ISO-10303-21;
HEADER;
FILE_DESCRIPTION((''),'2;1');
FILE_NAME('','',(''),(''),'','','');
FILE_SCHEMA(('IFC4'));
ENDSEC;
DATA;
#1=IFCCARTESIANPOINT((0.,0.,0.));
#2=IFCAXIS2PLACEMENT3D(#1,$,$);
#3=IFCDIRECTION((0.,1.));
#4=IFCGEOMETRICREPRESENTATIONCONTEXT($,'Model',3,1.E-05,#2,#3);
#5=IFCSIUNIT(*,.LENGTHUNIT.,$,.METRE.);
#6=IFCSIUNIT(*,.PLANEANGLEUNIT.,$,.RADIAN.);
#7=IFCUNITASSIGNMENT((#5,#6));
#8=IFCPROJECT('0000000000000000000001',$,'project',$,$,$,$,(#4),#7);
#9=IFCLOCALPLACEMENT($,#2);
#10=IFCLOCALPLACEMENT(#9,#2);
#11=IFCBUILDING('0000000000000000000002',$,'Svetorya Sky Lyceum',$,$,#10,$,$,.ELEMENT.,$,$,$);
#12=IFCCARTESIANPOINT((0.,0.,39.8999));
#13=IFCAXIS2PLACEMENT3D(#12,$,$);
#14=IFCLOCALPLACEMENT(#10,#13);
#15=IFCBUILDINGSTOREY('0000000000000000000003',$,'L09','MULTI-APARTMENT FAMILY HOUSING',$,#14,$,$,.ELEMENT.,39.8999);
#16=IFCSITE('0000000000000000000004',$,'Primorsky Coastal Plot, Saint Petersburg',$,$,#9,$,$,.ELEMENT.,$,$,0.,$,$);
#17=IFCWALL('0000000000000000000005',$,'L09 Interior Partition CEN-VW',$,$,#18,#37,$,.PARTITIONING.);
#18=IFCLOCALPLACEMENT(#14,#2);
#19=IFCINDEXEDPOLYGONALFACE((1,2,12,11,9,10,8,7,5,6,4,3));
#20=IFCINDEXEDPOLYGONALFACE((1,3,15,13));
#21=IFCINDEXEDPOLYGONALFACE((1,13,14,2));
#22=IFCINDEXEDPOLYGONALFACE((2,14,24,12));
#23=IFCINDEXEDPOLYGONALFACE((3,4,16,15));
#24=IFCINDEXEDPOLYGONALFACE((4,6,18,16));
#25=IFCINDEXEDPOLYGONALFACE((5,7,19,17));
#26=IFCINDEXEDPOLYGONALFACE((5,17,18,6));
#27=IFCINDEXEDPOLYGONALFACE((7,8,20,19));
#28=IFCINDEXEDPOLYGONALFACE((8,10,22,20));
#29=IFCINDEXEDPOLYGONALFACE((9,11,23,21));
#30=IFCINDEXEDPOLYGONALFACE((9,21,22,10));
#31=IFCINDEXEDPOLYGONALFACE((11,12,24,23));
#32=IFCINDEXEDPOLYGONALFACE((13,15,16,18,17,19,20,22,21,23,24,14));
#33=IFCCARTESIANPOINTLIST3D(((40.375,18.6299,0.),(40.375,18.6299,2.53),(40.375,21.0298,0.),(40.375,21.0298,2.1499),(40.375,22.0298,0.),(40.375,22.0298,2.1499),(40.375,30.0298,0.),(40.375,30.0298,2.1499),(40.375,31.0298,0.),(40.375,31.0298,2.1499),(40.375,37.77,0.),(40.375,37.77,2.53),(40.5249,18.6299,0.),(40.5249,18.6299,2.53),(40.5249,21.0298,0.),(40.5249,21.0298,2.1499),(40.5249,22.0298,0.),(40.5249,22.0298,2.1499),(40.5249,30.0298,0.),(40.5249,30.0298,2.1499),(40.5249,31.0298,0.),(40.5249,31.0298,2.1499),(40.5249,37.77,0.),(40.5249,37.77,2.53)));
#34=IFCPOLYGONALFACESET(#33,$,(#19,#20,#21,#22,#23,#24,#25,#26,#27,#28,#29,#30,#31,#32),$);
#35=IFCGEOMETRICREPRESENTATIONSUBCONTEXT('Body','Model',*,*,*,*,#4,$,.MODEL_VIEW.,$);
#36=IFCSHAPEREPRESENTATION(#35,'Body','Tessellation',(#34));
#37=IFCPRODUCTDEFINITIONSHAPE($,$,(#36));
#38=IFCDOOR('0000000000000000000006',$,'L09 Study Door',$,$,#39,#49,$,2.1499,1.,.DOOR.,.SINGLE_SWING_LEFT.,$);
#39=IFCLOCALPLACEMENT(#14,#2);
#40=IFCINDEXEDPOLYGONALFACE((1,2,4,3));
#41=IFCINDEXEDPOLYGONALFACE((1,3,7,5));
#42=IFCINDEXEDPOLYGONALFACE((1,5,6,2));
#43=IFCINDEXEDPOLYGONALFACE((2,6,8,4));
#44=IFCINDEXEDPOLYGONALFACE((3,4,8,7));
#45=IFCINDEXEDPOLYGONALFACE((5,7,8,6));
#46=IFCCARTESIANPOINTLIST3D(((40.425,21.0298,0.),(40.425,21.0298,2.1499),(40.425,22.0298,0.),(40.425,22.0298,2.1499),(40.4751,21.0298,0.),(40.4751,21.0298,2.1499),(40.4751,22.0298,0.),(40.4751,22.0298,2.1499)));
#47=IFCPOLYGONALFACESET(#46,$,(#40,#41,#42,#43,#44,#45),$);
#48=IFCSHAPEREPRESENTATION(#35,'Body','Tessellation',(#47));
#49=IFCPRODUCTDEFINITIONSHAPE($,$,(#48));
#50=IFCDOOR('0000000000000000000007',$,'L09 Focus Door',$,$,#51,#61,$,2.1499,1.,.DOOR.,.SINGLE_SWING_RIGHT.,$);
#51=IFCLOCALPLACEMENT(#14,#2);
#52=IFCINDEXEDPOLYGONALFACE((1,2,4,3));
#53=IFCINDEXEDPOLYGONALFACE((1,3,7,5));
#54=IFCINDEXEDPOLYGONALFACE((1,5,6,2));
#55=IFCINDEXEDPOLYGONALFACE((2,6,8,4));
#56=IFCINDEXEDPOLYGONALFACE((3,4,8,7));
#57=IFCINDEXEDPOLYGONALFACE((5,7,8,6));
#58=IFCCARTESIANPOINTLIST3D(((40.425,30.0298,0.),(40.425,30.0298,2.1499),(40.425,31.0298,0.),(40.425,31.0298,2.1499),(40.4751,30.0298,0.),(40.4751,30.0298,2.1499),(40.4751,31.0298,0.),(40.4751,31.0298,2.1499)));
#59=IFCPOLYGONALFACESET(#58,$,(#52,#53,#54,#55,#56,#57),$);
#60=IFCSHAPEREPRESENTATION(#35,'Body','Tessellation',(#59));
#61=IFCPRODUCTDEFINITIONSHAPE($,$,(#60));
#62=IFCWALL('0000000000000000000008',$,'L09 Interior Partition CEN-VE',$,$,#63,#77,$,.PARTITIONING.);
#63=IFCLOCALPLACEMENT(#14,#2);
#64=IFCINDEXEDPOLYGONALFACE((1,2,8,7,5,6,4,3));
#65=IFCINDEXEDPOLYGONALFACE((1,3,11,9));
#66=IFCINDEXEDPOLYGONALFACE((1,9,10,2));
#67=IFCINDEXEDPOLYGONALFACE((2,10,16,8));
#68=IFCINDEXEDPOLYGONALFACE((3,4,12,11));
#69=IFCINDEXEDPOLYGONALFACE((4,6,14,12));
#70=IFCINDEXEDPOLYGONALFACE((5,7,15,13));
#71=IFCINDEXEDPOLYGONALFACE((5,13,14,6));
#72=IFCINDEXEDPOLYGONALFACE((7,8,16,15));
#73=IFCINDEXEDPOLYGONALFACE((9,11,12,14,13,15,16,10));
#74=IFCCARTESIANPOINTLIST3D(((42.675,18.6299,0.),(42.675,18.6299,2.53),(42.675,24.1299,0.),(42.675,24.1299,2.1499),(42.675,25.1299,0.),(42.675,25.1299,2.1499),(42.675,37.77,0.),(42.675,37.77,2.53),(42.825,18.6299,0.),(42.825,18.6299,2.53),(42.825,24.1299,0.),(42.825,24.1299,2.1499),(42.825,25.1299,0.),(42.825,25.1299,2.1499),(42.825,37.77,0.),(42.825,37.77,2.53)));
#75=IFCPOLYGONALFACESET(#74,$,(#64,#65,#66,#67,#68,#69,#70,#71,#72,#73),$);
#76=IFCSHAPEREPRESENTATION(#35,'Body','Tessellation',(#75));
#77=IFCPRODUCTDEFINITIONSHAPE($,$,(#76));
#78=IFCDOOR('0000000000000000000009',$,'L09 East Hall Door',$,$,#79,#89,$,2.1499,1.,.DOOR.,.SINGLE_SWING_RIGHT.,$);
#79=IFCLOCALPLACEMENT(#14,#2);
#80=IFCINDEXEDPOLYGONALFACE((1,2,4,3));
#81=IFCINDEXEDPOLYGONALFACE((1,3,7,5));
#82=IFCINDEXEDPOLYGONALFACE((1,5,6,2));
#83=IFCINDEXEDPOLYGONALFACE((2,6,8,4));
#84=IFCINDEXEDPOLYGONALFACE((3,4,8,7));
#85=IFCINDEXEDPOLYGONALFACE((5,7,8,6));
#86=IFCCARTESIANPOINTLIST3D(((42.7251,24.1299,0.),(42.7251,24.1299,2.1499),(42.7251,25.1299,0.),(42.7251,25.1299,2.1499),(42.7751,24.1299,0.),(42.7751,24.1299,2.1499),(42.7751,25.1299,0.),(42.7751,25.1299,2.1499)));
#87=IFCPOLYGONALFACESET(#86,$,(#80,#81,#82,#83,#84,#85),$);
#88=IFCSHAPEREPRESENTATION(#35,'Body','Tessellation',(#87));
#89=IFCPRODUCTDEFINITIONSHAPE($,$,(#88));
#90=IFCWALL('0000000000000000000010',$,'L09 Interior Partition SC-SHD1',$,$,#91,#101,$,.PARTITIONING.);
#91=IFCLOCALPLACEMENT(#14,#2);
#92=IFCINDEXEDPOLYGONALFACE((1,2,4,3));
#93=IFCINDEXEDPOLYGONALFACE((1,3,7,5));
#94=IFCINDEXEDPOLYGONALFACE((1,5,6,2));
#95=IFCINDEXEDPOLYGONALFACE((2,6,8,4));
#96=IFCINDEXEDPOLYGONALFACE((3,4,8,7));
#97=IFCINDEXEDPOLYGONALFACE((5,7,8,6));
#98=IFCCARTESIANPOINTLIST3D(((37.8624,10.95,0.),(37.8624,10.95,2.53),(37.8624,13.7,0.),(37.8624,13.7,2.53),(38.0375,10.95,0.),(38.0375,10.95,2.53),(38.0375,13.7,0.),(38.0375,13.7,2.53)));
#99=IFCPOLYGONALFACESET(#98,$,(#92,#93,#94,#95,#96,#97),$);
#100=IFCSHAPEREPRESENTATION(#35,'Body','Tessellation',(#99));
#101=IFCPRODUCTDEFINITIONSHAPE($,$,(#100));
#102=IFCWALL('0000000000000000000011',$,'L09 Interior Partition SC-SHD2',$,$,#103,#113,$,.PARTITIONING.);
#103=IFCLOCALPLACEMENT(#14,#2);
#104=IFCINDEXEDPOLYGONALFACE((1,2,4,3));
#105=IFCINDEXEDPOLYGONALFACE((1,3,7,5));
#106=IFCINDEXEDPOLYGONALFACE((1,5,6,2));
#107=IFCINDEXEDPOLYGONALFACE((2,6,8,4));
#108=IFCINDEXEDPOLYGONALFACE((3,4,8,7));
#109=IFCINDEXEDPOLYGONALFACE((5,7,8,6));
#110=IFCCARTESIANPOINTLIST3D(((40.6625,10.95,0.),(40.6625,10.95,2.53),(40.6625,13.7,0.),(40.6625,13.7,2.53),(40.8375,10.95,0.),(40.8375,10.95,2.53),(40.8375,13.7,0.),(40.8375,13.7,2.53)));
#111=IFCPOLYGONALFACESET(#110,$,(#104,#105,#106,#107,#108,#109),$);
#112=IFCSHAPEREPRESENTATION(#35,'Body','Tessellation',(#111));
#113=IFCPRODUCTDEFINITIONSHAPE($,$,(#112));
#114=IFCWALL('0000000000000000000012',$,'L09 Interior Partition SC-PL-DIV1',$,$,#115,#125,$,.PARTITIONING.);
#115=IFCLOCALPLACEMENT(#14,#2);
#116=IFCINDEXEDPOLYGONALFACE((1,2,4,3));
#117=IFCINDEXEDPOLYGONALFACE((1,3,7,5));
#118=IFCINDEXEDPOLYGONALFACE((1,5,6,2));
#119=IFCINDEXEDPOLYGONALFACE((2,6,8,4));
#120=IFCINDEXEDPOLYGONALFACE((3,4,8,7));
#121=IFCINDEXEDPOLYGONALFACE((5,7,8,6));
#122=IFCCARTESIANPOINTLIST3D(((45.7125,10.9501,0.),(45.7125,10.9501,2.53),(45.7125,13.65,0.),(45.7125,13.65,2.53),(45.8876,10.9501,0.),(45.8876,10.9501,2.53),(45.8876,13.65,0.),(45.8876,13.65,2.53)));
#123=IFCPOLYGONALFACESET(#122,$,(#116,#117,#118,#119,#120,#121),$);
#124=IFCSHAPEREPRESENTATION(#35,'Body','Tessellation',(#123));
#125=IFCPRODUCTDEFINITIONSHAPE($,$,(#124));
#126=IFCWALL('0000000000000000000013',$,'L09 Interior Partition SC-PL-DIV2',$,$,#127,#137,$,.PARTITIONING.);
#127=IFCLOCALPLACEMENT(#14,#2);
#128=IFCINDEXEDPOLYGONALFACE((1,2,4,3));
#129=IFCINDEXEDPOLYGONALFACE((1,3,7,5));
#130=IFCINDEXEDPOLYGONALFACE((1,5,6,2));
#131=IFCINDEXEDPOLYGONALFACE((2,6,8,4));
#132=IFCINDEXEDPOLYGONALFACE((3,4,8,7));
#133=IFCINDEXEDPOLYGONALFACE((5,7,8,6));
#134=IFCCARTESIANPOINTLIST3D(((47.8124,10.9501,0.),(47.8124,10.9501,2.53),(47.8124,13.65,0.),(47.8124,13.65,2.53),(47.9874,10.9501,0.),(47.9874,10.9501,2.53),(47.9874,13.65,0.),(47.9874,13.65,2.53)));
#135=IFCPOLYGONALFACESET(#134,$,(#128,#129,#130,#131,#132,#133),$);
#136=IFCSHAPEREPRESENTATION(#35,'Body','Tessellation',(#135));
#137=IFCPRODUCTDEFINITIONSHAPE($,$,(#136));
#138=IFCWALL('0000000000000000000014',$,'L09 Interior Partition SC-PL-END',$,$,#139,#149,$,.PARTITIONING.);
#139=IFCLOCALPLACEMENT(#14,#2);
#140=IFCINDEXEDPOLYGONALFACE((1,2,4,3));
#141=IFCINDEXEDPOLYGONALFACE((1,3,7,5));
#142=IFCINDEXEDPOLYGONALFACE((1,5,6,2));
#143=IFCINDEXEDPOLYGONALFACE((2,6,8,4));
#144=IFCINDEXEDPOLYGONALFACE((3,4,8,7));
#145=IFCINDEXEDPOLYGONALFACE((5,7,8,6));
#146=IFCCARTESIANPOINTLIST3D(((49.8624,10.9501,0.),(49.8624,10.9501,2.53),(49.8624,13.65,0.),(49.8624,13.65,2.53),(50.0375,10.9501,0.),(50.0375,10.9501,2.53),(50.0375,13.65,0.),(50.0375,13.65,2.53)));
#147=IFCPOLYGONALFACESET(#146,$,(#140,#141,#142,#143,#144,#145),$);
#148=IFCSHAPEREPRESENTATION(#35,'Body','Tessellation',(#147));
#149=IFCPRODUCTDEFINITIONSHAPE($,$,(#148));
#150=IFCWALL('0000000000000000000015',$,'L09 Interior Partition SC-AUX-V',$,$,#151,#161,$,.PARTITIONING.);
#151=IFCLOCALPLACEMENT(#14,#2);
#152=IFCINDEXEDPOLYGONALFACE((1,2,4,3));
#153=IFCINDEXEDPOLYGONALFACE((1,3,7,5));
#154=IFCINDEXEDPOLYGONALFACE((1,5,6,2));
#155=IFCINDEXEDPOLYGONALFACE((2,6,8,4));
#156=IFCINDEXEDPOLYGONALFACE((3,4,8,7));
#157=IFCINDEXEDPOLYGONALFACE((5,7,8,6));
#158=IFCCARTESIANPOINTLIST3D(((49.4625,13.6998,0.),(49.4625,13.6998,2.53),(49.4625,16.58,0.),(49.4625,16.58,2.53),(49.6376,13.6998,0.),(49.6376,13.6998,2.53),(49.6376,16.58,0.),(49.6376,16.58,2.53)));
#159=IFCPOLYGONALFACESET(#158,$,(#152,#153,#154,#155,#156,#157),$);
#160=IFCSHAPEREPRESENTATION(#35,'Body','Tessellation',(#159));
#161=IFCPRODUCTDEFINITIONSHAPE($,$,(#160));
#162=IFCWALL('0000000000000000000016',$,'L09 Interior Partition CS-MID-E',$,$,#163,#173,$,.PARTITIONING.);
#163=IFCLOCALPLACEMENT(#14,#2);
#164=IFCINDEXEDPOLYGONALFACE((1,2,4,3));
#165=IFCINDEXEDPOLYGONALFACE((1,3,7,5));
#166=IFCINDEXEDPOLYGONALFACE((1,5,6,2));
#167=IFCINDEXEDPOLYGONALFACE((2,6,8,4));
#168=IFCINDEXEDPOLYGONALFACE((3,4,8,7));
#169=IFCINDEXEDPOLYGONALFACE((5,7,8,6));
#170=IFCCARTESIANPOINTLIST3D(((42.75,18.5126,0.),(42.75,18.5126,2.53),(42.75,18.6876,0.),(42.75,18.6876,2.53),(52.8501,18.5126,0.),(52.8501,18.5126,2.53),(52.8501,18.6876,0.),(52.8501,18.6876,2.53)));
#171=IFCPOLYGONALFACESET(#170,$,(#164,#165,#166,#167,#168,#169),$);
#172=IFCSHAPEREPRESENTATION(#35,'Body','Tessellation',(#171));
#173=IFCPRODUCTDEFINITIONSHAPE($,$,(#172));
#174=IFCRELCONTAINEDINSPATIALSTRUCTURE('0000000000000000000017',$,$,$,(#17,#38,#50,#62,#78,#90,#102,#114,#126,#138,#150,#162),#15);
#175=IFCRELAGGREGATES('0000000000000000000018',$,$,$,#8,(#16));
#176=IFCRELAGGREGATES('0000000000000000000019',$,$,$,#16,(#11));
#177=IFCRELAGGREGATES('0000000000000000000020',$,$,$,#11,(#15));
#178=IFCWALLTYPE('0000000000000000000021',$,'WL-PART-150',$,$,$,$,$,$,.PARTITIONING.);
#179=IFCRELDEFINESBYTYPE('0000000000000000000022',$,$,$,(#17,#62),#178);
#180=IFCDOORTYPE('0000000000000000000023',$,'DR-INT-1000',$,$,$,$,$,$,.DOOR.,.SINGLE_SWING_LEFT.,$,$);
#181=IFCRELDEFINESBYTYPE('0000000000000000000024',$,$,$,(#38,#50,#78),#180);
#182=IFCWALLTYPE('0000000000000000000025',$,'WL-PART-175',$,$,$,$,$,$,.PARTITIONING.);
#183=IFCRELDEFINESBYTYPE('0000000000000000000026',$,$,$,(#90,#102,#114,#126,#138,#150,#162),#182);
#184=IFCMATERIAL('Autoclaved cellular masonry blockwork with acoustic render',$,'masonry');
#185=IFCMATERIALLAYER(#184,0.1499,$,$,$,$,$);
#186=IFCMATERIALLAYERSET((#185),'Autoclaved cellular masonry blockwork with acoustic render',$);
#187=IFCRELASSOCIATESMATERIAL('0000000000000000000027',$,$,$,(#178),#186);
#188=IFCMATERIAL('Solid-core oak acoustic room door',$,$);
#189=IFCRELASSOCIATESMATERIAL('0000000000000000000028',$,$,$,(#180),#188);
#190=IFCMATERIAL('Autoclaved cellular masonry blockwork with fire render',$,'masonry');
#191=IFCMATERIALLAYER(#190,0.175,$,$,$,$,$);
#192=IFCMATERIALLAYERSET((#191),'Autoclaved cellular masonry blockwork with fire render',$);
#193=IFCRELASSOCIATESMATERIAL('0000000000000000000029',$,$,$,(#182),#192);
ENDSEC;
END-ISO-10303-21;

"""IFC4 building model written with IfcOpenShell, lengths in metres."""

from ifc_helpers import new_model, si_unit, direction, frame, frame_2d, origin, place, context, subcontext, project, spatial, rectangle, extrude, material, layer, layer_set, type_object, element, fill, save


model = new_model("IFC4")

# Units and contexts
model_context = context("Model", 3, precision=1e-05, world=origin(), true_north=direction((0.0, 1.0)))
body_context = subcontext(model_context, "Body", "Model", "MODEL_VIEW")
ifc_project = project(units=[si_unit("LENGTHUNIT", "METRE"), si_unit("PLANEANGLEUNIT", "RADIAN")], contexts=[model_context])

# Site, building, storey
site_placement = place(None, origin())
site = spatial("IfcSite", under=ifc_project, at=site_placement, Name="Primorsky Coastal Plot, Saint Petersburg", CompositionType="ELEMENT", RefElevation=0.0)
building_placement = place(site_placement, origin())
building = spatial("IfcBuilding", under=site, at=building_placement, Name="Svetorya Sky Lyceum", CompositionType="ELEMENT")
storey_placement = place(building_placement, frame((0.0, 0.0, 39.8999)))
storey = spatial("IfcBuildingStorey", under=building, at=storey_placement, Name="L09", Description="MULTI-APARTMENT FAMILY HOUSING", CompositionType="ELEMENT", Elevation=39.8999)

# Shared definitions
ifc_material_1 = material(Name="Autoclaved cellular masonry blockwork with acoustic render", Category="masonry")
ifc_layer_1 = layer(ifc_material_1, 0.1499)
ifc_layer_set_1 = layer_set([ifc_layer_1], Name="Autoclaved cellular masonry blockwork with acoustic render")
wall_type_1 = type_object("IfcWallType", Name="WL-PART-150", PredefinedType="PARTITIONING", material=ifc_layer_set_1)

# Wall, openings, doors
wall_1_placement = place(storey_placement, frame((40.45, 18.6299, 0.0), z_axis=(0.0, 0.0, 1.0), x_axis=(0.0, 1.0, 0.0)))
wall_1 = element("IfcWall", 1, at=wall_1_placement, inside=storey, type_object=wall_type_1, Name="L09 Interior Partition CEN-VW", PredefinedType="PARTITIONING", context=body_context, shape_type="SweptSolid", body=[
    extrude(rectangle(XDim=19.1401, YDim=0.1499, at=frame_2d((9.5701, 0.0))), origin(), (0.0, 0.0, 1.0), 2.53),
])
opening_1_placement = place(wall_1_placement, frame((2.3999, 0.0, 0.0)))
opening_1 = element("IfcOpeningElement", 2, at=opening_1_placement, cuts=wall_1, PredefinedType="OPENING", context=body_context, shape_type="SweptSolid", body=[
    extrude(rectangle(XDim=1.0, YDim=2.1499, at=frame_2d((0.5, 1.075))), frame((0.0, 0.085, 0.0), z_axis=(0.0, -1.0, 0.0), x_axis=(1.0, 0.0, 0.0)), (0.0, 0.0, 1.0), 0.1699),
])
opening_2_placement = place(wall_1_placement, frame((11.3999, 0.0, 0.0)))
opening_2 = element("IfcOpeningElement", 3, at=opening_2_placement, cuts=wall_1, PredefinedType="OPENING", context=body_context, shape_type="SweptSolid", body=[
    extrude(rectangle(XDim=1.0, YDim=2.1499, at=frame_2d((0.5, 1.075))), frame((0.0, 0.085, 0.0), z_axis=(0.0, -1.0, 0.0), x_axis=(1.0, 0.0, 0.0)), (0.0, 0.0, 1.0), 0.1699),
])
ifc_material_2 = material(Name="Solid-core oak acoustic room door")
door_type_1 = type_object("IfcDoorType", Name="DR-INT-1000", OperationType="SINGLE_SWING_LEFT", PredefinedType="DOOR", material=ifc_material_2)
door_1_placement = place(opening_1_placement, origin())
door_1 = element("IfcDoor", 4, at=door_1_placement, inside=storey, type_object=door_type_1, Name="L09 Study Door", OperationType="SINGLE_SWING_LEFT", OverallHeight=2.1499, OverallWidth=1.0, PredefinedType="DOOR", context=body_context, shape_type="SweptSolid", body=[
    extrude(rectangle(XDim=1.0, YDim=2.1499, at=frame_2d((0.5, 1.075))), frame((0.0, 0.0249, 0.0), z_axis=(0.0, -1.0, 0.0), x_axis=(1.0, 0.0, 0.0)), (0.0, 0.0, 1.0), 0.05),
])
fill(opening_1, door_1)
door_2_placement = place(opening_2_placement, origin())
door_2 = element("IfcDoor", 5, at=door_2_placement, inside=storey, type_object=door_type_1, Name="L09 Focus Door", OperationType="SINGLE_SWING_RIGHT", OverallHeight=2.1499, OverallWidth=1.0, PredefinedType="DOOR", context=body_context, shape_type="SweptSolid", body=[
    extrude(rectangle(XDim=1.0, YDim=2.1499, at=frame_2d((0.5, 1.075))), frame((0.0, 0.0249, 0.0), z_axis=(0.0, -1.0, 0.0), x_axis=(1.0, 0.0, 0.0)), (0.0, 0.0, 1.0), 0.05),
])
fill(opening_2, door_2)

# Wall, opening, door
wall_2_placement = place(storey_placement, frame((42.75, 18.6299, 0.0), z_axis=(0.0, 0.0, 1.0), x_axis=(0.0, 1.0, 0.0)))
wall_2 = element("IfcWall", 6, at=wall_2_placement, inside=storey, type_object=wall_type_1, Name="L09 Interior Partition CEN-VE", PredefinedType="PARTITIONING", context=body_context, shape_type="SweptSolid", body=[
    extrude(rectangle(XDim=19.1401, YDim=0.1499, at=frame_2d((9.5701, 0.0))), origin(), (0.0, 0.0, 1.0), 2.53),
])
opening_3_placement = place(wall_2_placement, frame((5.5, 0.0, 0.0)))
opening_3 = element("IfcOpeningElement", 7, at=opening_3_placement, cuts=wall_2, PredefinedType="OPENING", context=body_context, shape_type="SweptSolid", body=[
    extrude(rectangle(XDim=1.0, YDim=2.1499, at=frame_2d((0.5, 1.075))), frame((0.0, 0.085, 0.0), z_axis=(0.0, -1.0, 0.0), x_axis=(1.0, 0.0, 0.0)), (0.0, 0.0, 1.0), 0.1699),
])
door_3_placement = place(opening_3_placement, origin())
door_3 = element("IfcDoor", 8, at=door_3_placement, inside=storey, type_object=door_type_1, Name="L09 East Hall Door", OperationType="SINGLE_SWING_RIGHT", OverallHeight=2.1499, OverallWidth=1.0, PredefinedType="DOOR", context=body_context, shape_type="SweptSolid", body=[
    extrude(rectangle(XDim=1.0, YDim=2.1499, at=frame_2d((0.5, 1.075))), frame((0.0, 0.0249, 0.0), z_axis=(0.0, -1.0, 0.0), x_axis=(1.0, 0.0, 0.0)), (0.0, 0.0, 1.0), 0.05),
])
fill(opening_3, door_3)

# Walls
ifc_material_3 = material(Name="Autoclaved cellular masonry blockwork with fire render", Category="masonry")
ifc_layer_2 = layer(ifc_material_3, 0.175)
ifc_layer_set_2 = layer_set([ifc_layer_2], Name="Autoclaved cellular masonry blockwork with fire render")
wall_type_2 = type_object("IfcWallType", Name="WL-PART-175", PredefinedType="PARTITIONING", material=ifc_layer_set_2)
for number, where, z_axis, x_axis, name in (
    (9, (37.95, 10.95, 0.0), (0.0, 0.0, 1.0), (0.0, 1.0, 0.0), "L09 Interior Partition SC-SHD1"),
    (10, (40.75, 10.95, 0.0), (0.0, 0.0, 1.0), (0.0, 1.0, 0.0), "L09 Interior Partition SC-SHD2"),
):
    element("IfcWall", number, at=place(storey_placement, frame(where, z_axis=z_axis, x_axis=x_axis)), inside=storey, type_object=wall_type_2, Name=name, PredefinedType="PARTITIONING", context=body_context, shape_type="SweptSolid", body=[
        extrude(rectangle(XDim=2.75, YDim=0.175, at=frame_2d((1.375, 0.0))), origin(), (0.0, 0.0, 1.0), 2.53),
    ])
for number, where, z_axis, x_axis, name in (
    (11, (45.8, 10.95, 0.0), (0.0, 0.0, 1.0), (0.0, 1.0, 0.0), "L09 Interior Partition SC-PL-DIV1"),
    (12, (47.8999, 10.95, 0.0), (0.0, 0.0, 1.0), (0.0, 1.0, 0.0), "L09 Interior Partition SC-PL-DIV2"),
    (13, (49.95, 10.95, 0.0), (0.0, 0.0, 1.0), (0.0, 1.0, 0.0), "L09 Interior Partition SC-PL-END"),
):
    element("IfcWall", number, at=place(storey_placement, frame(where, z_axis=z_axis, x_axis=x_axis)), inside=storey, type_object=wall_type_2, Name=name, PredefinedType="PARTITIONING", context=body_context, shape_type="SweptSolid", body=[
        extrude(rectangle(XDim=2.7, YDim=0.175, at=frame_2d((1.3501, 0.0))), origin(), (0.0, 0.0, 1.0), 2.53),
    ])
wall_3_placement = place(storey_placement, frame((49.55, 13.7, 0.0), z_axis=(0.0, 0.0, 1.0), x_axis=(0.0, 1.0, 0.0)))
element("IfcWall", 14, at=wall_3_placement, inside=storey, type_object=wall_type_2, Name="L09 Interior Partition SC-AUX-V", PredefinedType="PARTITIONING", context=body_context, shape_type="SweptSolid", body=[
    extrude(rectangle(XDim=2.8801, YDim=0.175, at=frame_2d((1.4399, 0.0))), origin(), (0.0, 0.0, 1.0), 2.53),
])
wall_4_placement = place(storey_placement, frame((42.75, 18.6001, 0.0), z_axis=(0.0, 0.0, 1.0), x_axis=(1.0, 0.0, 0.0)))
element("IfcWall", 15, at=wall_4_placement, inside=storey, type_object=wall_type_2, Name="L09 Interior Partition CS-MID-E", PredefinedType="PARTITIONING", context=body_context, shape_type="SweptSolid", body=[
    extrude(rectangle(XDim=10.1001, YDim=0.175, at=frame_2d((5.05, 0.0))), origin(), (0.0, 0.0, 1.0), 2.53),
])

save(model, "model.ifc")
